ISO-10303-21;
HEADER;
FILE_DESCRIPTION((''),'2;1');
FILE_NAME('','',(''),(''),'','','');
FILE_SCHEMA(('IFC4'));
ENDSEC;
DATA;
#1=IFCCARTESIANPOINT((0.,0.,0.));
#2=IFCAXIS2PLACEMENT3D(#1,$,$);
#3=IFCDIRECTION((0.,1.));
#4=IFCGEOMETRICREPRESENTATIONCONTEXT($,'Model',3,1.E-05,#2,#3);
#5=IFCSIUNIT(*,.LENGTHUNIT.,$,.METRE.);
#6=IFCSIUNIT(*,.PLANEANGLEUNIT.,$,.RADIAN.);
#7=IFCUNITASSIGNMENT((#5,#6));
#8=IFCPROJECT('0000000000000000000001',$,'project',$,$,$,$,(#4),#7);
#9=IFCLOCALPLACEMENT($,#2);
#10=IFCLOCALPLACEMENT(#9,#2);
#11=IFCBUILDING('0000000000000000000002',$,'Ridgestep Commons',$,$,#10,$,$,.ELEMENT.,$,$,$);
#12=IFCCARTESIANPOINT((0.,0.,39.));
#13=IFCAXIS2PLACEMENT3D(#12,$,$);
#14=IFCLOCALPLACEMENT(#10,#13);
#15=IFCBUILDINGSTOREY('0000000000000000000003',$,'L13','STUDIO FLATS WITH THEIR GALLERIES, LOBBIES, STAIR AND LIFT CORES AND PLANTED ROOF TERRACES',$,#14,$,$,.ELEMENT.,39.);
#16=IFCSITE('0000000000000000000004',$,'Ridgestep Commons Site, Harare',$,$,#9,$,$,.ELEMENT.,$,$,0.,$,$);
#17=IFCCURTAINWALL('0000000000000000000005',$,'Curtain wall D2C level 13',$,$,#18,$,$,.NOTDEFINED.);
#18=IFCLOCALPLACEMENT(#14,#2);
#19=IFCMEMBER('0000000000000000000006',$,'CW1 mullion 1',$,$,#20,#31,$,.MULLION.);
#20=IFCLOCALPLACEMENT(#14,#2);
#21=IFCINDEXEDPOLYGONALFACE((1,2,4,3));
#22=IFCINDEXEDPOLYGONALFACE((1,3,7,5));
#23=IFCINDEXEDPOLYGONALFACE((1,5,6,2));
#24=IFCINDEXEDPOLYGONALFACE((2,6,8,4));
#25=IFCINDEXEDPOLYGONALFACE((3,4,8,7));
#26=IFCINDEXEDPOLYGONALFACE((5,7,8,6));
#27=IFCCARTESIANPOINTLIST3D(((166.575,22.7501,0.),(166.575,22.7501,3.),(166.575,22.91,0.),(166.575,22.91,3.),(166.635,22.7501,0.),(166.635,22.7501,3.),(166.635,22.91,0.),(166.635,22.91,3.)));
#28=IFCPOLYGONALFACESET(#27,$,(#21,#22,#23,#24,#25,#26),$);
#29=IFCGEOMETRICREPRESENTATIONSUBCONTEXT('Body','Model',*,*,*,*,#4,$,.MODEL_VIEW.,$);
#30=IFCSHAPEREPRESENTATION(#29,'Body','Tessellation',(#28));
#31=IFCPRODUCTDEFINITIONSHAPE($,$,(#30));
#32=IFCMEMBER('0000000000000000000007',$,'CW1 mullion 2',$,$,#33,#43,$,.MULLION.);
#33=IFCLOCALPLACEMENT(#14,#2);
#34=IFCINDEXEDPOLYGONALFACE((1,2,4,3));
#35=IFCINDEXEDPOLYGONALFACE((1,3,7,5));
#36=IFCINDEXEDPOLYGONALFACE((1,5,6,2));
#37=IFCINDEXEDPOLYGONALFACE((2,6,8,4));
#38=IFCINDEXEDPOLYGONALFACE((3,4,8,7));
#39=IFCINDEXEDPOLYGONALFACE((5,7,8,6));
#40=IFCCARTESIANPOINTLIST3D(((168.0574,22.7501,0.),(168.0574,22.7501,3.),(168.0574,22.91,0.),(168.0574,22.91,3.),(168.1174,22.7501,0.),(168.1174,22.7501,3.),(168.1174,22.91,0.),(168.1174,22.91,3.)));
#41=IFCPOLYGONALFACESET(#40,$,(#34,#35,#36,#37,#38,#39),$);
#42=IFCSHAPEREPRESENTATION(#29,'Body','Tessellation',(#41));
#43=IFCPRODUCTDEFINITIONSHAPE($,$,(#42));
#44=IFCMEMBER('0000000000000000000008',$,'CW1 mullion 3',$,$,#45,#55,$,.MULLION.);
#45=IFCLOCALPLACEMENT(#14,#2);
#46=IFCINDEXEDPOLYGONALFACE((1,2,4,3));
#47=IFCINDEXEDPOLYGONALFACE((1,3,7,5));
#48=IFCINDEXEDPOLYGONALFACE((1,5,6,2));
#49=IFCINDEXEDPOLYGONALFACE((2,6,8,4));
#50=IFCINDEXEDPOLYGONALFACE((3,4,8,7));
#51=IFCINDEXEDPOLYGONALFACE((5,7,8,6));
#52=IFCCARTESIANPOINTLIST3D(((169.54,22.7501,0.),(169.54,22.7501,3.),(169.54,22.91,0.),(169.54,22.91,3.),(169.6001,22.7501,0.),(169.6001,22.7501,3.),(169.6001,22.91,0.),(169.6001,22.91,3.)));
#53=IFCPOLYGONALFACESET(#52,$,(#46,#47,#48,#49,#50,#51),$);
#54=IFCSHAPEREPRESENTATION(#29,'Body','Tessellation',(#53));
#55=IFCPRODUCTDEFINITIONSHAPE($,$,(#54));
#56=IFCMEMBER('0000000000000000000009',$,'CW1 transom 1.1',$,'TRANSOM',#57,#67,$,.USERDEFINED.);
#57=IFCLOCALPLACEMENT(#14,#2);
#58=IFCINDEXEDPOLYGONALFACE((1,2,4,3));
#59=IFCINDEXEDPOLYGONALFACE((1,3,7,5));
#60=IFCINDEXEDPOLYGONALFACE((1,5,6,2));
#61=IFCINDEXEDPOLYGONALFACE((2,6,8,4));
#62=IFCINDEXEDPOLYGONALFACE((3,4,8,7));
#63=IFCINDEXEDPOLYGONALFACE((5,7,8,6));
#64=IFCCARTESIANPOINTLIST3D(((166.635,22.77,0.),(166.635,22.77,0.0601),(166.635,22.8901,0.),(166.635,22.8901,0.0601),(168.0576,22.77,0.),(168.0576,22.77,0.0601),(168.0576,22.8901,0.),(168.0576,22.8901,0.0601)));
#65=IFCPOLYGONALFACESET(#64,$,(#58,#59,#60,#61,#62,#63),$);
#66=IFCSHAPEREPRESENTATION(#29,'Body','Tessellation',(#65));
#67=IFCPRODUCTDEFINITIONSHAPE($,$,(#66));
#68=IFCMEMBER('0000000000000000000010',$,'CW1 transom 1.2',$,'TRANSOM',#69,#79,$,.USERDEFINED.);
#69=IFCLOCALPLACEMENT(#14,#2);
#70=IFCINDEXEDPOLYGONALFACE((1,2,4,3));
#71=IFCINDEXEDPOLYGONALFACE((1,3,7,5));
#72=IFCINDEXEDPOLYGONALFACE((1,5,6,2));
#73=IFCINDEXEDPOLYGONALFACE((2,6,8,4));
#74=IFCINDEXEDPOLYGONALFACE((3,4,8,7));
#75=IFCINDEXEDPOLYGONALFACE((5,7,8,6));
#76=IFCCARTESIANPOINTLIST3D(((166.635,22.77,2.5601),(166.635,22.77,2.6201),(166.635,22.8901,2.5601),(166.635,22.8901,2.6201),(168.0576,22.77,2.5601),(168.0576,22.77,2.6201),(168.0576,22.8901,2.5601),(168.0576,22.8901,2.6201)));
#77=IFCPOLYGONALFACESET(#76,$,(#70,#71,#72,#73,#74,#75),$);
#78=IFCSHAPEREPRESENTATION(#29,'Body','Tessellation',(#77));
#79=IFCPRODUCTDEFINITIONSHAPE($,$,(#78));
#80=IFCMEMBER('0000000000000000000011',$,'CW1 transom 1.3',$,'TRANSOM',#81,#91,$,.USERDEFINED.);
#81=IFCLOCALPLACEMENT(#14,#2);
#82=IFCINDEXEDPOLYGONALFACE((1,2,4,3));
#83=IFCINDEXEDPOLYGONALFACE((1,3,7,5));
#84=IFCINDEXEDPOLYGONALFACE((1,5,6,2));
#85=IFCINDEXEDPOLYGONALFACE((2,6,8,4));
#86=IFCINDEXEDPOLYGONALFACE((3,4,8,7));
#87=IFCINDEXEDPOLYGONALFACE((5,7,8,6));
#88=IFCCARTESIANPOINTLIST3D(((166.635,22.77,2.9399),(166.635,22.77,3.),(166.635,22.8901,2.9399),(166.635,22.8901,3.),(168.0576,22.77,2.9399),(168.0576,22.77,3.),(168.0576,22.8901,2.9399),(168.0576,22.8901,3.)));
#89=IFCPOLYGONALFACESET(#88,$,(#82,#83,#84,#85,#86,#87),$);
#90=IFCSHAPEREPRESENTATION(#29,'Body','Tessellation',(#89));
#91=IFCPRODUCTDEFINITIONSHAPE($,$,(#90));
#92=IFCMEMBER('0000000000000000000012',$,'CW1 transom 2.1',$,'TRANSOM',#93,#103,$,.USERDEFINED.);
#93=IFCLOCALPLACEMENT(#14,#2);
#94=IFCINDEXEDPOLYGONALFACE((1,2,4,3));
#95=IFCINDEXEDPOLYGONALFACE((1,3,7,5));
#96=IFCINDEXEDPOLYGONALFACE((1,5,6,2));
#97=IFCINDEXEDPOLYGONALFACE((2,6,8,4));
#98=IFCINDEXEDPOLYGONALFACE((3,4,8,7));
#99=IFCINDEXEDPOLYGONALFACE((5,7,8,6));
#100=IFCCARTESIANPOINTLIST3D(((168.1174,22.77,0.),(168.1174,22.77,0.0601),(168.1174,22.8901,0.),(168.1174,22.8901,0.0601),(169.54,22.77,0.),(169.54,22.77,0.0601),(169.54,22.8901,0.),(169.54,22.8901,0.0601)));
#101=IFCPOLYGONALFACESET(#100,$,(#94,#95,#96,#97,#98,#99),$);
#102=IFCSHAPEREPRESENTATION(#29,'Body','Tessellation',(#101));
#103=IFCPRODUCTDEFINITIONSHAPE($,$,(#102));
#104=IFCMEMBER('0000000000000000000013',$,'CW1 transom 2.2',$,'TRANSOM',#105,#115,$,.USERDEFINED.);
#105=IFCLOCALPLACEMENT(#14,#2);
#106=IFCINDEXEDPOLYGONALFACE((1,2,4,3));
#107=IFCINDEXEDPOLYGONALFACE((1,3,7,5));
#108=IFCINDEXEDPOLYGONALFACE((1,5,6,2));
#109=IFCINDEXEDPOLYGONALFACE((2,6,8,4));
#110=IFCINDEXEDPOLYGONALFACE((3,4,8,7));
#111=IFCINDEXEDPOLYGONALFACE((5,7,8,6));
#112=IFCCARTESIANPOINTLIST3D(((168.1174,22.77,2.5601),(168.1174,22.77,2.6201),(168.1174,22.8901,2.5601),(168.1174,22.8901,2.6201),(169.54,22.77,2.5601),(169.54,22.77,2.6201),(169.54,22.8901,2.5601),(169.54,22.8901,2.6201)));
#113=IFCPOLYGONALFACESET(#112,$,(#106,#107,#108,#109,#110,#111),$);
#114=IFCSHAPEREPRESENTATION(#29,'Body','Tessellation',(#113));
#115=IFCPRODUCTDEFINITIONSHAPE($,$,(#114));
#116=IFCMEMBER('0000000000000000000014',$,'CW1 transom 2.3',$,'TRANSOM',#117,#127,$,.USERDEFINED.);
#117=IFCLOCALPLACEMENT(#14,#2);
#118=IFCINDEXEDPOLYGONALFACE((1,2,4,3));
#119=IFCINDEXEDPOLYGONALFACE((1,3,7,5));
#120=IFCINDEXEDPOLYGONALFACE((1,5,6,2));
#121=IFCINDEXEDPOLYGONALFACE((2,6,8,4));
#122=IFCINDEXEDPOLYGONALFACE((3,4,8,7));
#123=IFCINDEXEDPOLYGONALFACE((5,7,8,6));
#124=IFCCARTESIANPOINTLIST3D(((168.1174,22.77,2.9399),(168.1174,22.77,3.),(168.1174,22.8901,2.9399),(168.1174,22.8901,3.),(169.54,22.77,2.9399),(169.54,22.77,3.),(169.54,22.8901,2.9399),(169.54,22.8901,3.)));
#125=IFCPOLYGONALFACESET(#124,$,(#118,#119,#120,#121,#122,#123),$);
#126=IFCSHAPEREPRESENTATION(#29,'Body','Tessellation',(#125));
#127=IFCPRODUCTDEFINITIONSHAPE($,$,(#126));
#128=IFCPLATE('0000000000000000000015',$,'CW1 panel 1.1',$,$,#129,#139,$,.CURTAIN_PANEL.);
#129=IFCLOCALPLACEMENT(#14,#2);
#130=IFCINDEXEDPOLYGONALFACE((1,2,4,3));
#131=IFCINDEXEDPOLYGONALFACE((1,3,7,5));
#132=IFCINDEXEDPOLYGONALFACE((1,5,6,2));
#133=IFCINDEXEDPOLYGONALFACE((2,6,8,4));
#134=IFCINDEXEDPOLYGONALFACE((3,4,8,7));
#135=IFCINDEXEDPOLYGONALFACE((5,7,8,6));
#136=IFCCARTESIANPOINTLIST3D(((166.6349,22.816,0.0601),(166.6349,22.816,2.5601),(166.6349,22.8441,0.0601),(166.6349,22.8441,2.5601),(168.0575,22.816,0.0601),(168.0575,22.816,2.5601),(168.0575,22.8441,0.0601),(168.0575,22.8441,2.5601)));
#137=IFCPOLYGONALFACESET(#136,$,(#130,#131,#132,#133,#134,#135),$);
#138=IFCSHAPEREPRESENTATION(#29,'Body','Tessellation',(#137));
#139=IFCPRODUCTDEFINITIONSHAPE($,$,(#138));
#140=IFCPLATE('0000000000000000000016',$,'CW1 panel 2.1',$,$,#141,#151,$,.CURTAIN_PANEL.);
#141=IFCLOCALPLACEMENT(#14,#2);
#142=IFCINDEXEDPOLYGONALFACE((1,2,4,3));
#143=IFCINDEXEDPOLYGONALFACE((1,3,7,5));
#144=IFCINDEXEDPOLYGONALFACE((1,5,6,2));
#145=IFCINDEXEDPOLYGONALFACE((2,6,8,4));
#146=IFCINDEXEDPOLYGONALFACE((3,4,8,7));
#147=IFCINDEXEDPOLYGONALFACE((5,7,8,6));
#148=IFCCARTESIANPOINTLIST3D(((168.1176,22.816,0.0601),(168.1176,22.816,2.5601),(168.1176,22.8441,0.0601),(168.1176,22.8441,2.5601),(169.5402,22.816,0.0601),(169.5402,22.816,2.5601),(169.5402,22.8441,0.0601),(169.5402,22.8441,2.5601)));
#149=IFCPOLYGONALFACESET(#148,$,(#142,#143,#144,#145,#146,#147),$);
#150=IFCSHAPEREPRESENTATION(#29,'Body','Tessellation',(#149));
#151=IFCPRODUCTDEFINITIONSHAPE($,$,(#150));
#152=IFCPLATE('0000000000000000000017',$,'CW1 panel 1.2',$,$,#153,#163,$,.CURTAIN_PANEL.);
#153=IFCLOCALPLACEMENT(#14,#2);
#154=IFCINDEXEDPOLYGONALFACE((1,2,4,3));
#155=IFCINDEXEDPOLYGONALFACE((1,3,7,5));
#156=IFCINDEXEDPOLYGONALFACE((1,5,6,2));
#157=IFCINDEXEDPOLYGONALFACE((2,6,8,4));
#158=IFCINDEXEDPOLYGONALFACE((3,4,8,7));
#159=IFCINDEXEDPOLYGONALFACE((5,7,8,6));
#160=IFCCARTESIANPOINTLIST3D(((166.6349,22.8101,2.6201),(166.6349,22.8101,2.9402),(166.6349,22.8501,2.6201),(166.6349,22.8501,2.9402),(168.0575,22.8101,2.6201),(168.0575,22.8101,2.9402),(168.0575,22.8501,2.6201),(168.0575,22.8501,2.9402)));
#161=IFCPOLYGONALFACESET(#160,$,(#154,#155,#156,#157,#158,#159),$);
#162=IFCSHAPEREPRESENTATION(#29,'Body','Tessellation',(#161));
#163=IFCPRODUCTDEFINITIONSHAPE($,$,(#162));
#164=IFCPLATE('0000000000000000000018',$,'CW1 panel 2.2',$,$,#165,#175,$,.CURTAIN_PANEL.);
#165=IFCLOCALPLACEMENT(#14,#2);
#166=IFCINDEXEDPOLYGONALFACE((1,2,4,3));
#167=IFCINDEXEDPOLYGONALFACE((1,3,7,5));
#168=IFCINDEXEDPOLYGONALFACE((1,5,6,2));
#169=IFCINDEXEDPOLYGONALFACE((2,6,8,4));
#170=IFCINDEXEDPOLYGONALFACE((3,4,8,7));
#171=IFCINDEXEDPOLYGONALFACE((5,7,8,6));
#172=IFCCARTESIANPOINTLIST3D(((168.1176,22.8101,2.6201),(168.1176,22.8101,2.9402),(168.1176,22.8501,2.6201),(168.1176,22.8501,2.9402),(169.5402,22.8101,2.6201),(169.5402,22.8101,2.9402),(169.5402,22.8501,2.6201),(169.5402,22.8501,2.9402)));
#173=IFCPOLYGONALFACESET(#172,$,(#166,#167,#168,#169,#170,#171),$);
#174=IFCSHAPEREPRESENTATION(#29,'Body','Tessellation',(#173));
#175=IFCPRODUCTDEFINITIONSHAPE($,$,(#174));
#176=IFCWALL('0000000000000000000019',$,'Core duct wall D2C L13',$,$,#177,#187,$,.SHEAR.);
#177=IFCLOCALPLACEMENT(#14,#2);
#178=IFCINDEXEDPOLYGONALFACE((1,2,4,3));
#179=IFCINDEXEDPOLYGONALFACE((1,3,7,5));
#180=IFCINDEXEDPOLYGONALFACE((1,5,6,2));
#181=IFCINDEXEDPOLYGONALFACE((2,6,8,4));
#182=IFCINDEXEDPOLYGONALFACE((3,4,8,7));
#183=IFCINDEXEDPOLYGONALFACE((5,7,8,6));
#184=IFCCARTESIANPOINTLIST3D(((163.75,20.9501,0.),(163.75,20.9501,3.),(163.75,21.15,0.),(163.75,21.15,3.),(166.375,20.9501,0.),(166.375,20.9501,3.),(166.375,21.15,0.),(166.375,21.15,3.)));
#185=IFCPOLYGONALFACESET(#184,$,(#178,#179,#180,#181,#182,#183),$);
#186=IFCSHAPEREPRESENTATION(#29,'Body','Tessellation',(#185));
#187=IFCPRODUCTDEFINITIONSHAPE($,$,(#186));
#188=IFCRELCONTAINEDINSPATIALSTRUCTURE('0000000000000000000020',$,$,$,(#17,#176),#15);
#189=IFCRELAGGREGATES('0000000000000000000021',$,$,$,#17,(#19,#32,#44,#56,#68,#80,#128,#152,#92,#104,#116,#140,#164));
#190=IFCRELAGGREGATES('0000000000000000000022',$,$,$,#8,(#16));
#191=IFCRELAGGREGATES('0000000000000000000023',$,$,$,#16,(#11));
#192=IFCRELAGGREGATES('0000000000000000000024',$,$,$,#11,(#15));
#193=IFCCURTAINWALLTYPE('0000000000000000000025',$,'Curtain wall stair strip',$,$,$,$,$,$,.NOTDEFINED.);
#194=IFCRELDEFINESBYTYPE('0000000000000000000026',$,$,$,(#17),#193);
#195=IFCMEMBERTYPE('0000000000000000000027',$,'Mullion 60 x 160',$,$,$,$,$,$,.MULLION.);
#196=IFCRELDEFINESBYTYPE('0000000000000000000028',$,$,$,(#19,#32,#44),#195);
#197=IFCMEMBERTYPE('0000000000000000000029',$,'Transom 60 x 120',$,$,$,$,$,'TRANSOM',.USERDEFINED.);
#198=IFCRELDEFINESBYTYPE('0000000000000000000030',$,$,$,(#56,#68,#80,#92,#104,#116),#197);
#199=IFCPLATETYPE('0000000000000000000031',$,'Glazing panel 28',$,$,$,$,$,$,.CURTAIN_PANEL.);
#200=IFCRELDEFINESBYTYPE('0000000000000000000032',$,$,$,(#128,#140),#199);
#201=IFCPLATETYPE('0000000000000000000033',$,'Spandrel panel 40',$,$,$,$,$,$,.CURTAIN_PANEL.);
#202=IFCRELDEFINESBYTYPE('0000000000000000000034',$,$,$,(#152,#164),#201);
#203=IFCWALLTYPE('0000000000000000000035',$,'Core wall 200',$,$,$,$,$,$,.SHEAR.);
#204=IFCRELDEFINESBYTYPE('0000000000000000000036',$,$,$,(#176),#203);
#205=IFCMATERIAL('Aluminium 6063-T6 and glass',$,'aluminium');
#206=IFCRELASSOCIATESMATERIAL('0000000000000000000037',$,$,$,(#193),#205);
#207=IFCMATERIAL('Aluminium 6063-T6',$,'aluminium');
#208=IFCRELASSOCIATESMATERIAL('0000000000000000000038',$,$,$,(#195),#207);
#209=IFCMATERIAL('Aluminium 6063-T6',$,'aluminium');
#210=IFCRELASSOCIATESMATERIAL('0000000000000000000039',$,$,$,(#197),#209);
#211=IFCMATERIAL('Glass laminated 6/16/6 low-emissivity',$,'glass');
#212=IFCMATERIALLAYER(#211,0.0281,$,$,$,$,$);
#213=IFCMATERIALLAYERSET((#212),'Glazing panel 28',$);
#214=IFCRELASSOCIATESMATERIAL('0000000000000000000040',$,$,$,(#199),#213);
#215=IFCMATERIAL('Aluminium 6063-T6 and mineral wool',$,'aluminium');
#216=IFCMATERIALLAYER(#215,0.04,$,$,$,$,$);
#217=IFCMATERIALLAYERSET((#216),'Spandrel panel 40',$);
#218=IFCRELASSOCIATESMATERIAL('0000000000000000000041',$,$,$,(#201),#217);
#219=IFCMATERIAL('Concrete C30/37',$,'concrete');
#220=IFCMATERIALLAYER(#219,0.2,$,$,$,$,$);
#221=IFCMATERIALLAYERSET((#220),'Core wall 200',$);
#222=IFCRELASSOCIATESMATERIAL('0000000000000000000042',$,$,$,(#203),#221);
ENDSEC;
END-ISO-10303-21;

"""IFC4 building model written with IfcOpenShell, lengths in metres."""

from ifc_helpers import new_model, si_unit, direction, frame, frame_2d, origin, origin_2d, place, context, subcontext, project, spatial, rectangle, extrude, material, layer, layer_set, material_profile, profile_set, type_object, element, aggregate, save


model = new_model("IFC4")

# Units and contexts
model_context = context("Model", 3, precision=1e-05, world=origin(), true_north=direction((0.0, 1.0)))
body_context = subcontext(model_context, "Body", "Model", "MODEL_VIEW")
ifc_project = project(units=[si_unit("LENGTHUNIT", "METRE"), si_unit("PLANEANGLEUNIT", "RADIAN")], contexts=[model_context])

# Site, building, storey
site_placement = place(None, origin())
site = spatial("IfcSite", under=ifc_project, at=site_placement, Name="Ridgestep Commons Site, Harare", CompositionType="ELEMENT", RefElevation=0.0)
building_placement = place(site_placement, origin())
building = spatial("IfcBuilding", under=site, at=building_placement, Name="Ridgestep Commons", CompositionType="ELEMENT")
storey_placement = place(building_placement, frame((0.0, 0.0, 39.0)))
storey = spatial("IfcBuildingStorey", under=building, at=storey_placement, Name="L13", Description="STUDIO FLATS WITH THEIR GALLERIES, LOBBIES, STAIR AND LIFT CORES AND PLANTED ROOF TERRACES", CompositionType="ELEMENT", Elevation=39.0)

# Curtain wall, members, plates
ifc_material_1 = material(Name="Aluminium 6063-T6 and glass", Category="aluminium")
curtain_wall_type = type_object("IfcCurtainWallType", Name="Curtain wall stair strip", PredefinedType="NOTDEFINED", material=ifc_material_1)
curtain_wall_placement = place(storey_placement, origin())
curtain_wall = element("IfcCurtainWall", 1, at=curtain_wall_placement, inside=storey, type_object=curtain_wall_type, Name="Curtain wall D2C level 13", PredefinedType="NOTDEFINED")
ifc_material_2 = material(Name="Aluminium 6063-T6", Category="aluminium")
ifc_material_profile_1 = material_profile(ifc_material_2, rectangle(XDim=0.1599, YDim=0.0601, at=origin_2d()), Name="Mullion 60 x 160")
ifc_profile_set_1 = profile_set([ifc_material_profile_1], Name="Aluminium 6063-T6")
member_type_1 = type_object("IfcMemberType", Name="Mullion 60 x 160", PredefinedType="MULLION", material=ifc_profile_set_1)
member_1_placement = place(storey_placement, frame((166.605, 22.8301, 0.0), z_axis=(0.0, 0.0, 1.0), x_axis=(0.0, 1.0, 0.0)))
member_1 = element("IfcMember", 2, at=member_1_placement, type_object=member_type_1, Name="CW1 mullion 1", PredefinedType="MULLION", context=body_context, shape_type="SweptSolid", body=[
    extrude(rectangle(XDim=0.1599, YDim=0.0601, at=origin_2d()), origin(), (0.0, 0.0, 1.0), 3.0),
])
member_2_placement = place(storey_placement, frame((168.0874, 22.8301, 0.0), z_axis=(0.0, 0.0, 1.0), x_axis=(0.0, 1.0, 0.0)))
member_2 = element("IfcMember", 3, at=member_2_placement, type_object=member_type_1, Name="CW1 mullion 2", PredefinedType="MULLION", context=body_context, shape_type="SweptSolid", body=[
    extrude(rectangle(XDim=0.1599, YDim=0.0601, at=origin_2d()), origin(), (0.0, 0.0, 1.0), 3.0),
])
member_3_placement = place(storey_placement, frame((169.5701, 22.8301, 0.0), z_axis=(0.0, 0.0, 1.0), x_axis=(0.0, 1.0, 0.0)))
member_3 = element("IfcMember", 4, at=member_3_placement, type_object=member_type_1, Name="CW1 mullion 3", PredefinedType="MULLION", context=body_context, shape_type="SweptSolid", body=[
    extrude(rectangle(XDim=0.1599, YDim=0.0601, at=origin_2d()), origin(), (0.0, 0.0, 1.0), 3.0),
])
ifc_material_3 = material(Name="Aluminium 6063-T6", Category="aluminium")
ifc_material_profile_2 = material_profile(ifc_material_3, rectangle(XDim=0.1201, YDim=0.0601, at=origin_2d()), Name="Transom 60 x 120")
ifc_profile_set_2 = profile_set([ifc_material_profile_2], Name="Aluminium 6063-T6")
member_type_2 = type_object("IfcMemberType", Name="Transom 60 x 120", ElementType="TRANSOM", PredefinedType="USERDEFINED", material=ifc_profile_set_2)
member_4_placement = place(storey_placement, frame((166.635, 22.8301, 0.03), z_axis=(1.0, 0.0, 0.0), x_axis=(0.0, 1.0, 0.0)))
member_4 = element("IfcMember", 5, at=member_4_placement, type_object=member_type_2, Name="CW1 transom 1.1", ObjectType="TRANSOM", PredefinedType="USERDEFINED", context=body_context, shape_type="SweptSolid", body=[
    extrude(rectangle(XDim=0.1201, YDim=0.0601, at=origin_2d()), origin(), (0.0, 0.0, 1.0), 1.4226),
])
member_5_placement = place(storey_placement, frame((166.635, 22.8301, 2.5901), z_axis=(1.0, 0.0, 0.0), x_axis=(0.0, 1.0, 0.0)))
member_5 = element("IfcMember", 6, at=member_5_placement, type_object=member_type_2, Name="CW1 transom 1.2", ObjectType="TRANSOM", PredefinedType="USERDEFINED", context=body_context, shape_type="SweptSolid", body=[
    extrude(rectangle(XDim=0.1201, YDim=0.0601, at=origin_2d()), origin(), (0.0, 0.0, 1.0), 1.4226),
])
member_6_placement = place(storey_placement, frame((166.635, 22.8301, 2.97), z_axis=(1.0, 0.0, 0.0), x_axis=(0.0, 1.0, 0.0)))
member_6 = element("IfcMember", 7, at=member_6_placement, type_object=member_type_2, Name="CW1 transom 1.3", ObjectType="TRANSOM", PredefinedType="USERDEFINED", context=body_context, shape_type="SweptSolid", body=[
    extrude(rectangle(XDim=0.1201, YDim=0.0601, at=origin_2d()), origin(), (0.0, 0.0, 1.0), 1.4226),
])
member_7_placement = place(storey_placement, frame((168.1174, 22.8301, 0.03), z_axis=(1.0, 0.0, 0.0), x_axis=(0.0, 1.0, 0.0)))
member_7 = element("IfcMember", 8, at=member_7_placement, type_object=member_type_2, Name="CW1 transom 2.1", ObjectType="TRANSOM", PredefinedType="USERDEFINED", context=body_context, shape_type="SweptSolid", body=[
    extrude(rectangle(XDim=0.1201, YDim=0.0601, at=origin_2d()), origin(), (0.0, 0.0, 1.0), 1.4226),
])
member_8_placement = place(storey_placement, frame((168.1174, 22.8301, 2.5901), z_axis=(1.0, 0.0, 0.0), x_axis=(0.0, 1.0, 0.0)))
member_8 = element("IfcMember", 9, at=member_8_placement, type_object=member_type_2, Name="CW1 transom 2.2", ObjectType="TRANSOM", PredefinedType="USERDEFINED", context=body_context, shape_type="SweptSolid", body=[
    extrude(rectangle(XDim=0.1201, YDim=0.0601, at=origin_2d()), origin(), (0.0, 0.0, 1.0), 1.4226),
])
member_9_placement = place(storey_placement, frame((168.1174, 22.8301, 2.97), z_axis=(1.0, 0.0, 0.0), x_axis=(0.0, 1.0, 0.0)))
member_9 = element("IfcMember", 10, at=member_9_placement, type_object=member_type_2, Name="CW1 transom 2.3", ObjectType="TRANSOM", PredefinedType="USERDEFINED", context=body_context, shape_type="SweptSolid", body=[
    extrude(rectangle(XDim=0.1201, YDim=0.0601, at=origin_2d()), origin(), (0.0, 0.0, 1.0), 1.4226),
])
ifc_material_4 = material(Name="Glass laminated 6/16/6 low-emissivity", Category="glass")
ifc_layer_1 = layer(ifc_material_4, 0.0281)
ifc_layer_set_1 = layer_set([ifc_layer_1], Name="Glazing panel 28")
plate_type_1 = type_object("IfcPlateType", Name="Glazing panel 28", PredefinedType="CURTAIN_PANEL", material=ifc_layer_set_1)
plate_1_placement = place(storey_placement, frame((167.3462, 22.8301, 0.0601), z_axis=(0.0, 0.0, 1.0), x_axis=(1.0, 0.0, 0.0)))
plate_1 = element("IfcPlate", 11, at=plate_1_placement, type_object=plate_type_1, Name="CW1 panel 1.1", PredefinedType="CURTAIN_PANEL", context=body_context, shape_type="SweptSolid", body=[
    extrude(rectangle(XDim=1.4226, YDim=0.0281, at=origin_2d()), origin(), (0.0, 0.0, 1.0), 2.5),
])
plate_2_placement = place(storey_placement, frame((168.8289, 22.8301, 0.0601), z_axis=(0.0, 0.0, 1.0), x_axis=(1.0, 0.0, 0.0)))
plate_2 = element("IfcPlate", 12, at=plate_2_placement, type_object=plate_type_1, Name="CW1 panel 2.1", PredefinedType="CURTAIN_PANEL", context=body_context, shape_type="SweptSolid", body=[
    extrude(rectangle(XDim=1.4226, YDim=0.0281, at=origin_2d()), origin(), (0.0, 0.0, 1.0), 2.5),
])
ifc_material_5 = material(Name="Aluminium 6063-T6 and mineral wool", Category="aluminium")
ifc_layer_2 = layer(ifc_material_5, 0.04)
ifc_layer_set_2 = layer_set([ifc_layer_2], Name="Spandrel panel 40")
plate_type_2 = type_object("IfcPlateType", Name="Spandrel panel 40", PredefinedType="CURTAIN_PANEL", material=ifc_layer_set_2)
plate_3_placement = place(storey_placement, frame((167.3462, 22.8301, 2.6201), z_axis=(0.0, 0.0, 1.0), x_axis=(1.0, 0.0, 0.0)))
plate_3 = element("IfcPlate", 13, at=plate_3_placement, type_object=plate_type_2, Name="CW1 panel 1.2", PredefinedType="CURTAIN_PANEL", context=body_context, shape_type="SweptSolid", body=[
    extrude(rectangle(XDim=1.4226, YDim=0.04, at=origin_2d()), origin(), (0.0, 0.0, 1.0), 0.3201),
])
plate_4_placement = place(storey_placement, frame((168.8289, 22.8301, 2.6201), z_axis=(0.0, 0.0, 1.0), x_axis=(1.0, 0.0, 0.0)))
plate_4 = element("IfcPlate", 14, at=plate_4_placement, type_object=plate_type_2, Name="CW1 panel 2.2", PredefinedType="CURTAIN_PANEL", context=body_context, shape_type="SweptSolid", body=[
    extrude(rectangle(XDim=1.4226, YDim=0.04, at=origin_2d()), origin(), (0.0, 0.0, 1.0), 0.3201),
])
aggregate(curtain_wall, [member_1, member_2, member_3, member_4, member_5, member_6, plate_1, plate_3, member_7, member_8, member_9, plate_2, plate_4])

# Wall
ifc_material_6 = material(Name="Concrete C30/37", Category="concrete")
ifc_layer_3 = layer(ifc_material_6, 0.2)
ifc_layer_set_3 = layer_set([ifc_layer_3], Name="Core wall 200")
wall_type_1 = type_object("IfcWallType", Name="Core wall 200", PredefinedType="SHEAR", material=ifc_layer_set_3)
wall_1_placement = place(storey_placement, frame((163.75, 21.05, 0.0), z_axis=(0.0, 0.0, 1.0), x_axis=(1.0, 0.0, 0.0)))
element("IfcWall", 15, at=wall_1_placement, inside=storey, type_object=wall_type_1, Name="Core duct wall D2C L13", PredefinedType="SHEAR", context=body_context, shape_type="SweptSolid", body=[
    extrude(rectangle(XDim=2.625, YDim=0.2, at=frame_2d((1.3125, 0.0))), origin(), (0.0, 0.0, 1.0), 3.0),
])

save(model, "model.ifc")
